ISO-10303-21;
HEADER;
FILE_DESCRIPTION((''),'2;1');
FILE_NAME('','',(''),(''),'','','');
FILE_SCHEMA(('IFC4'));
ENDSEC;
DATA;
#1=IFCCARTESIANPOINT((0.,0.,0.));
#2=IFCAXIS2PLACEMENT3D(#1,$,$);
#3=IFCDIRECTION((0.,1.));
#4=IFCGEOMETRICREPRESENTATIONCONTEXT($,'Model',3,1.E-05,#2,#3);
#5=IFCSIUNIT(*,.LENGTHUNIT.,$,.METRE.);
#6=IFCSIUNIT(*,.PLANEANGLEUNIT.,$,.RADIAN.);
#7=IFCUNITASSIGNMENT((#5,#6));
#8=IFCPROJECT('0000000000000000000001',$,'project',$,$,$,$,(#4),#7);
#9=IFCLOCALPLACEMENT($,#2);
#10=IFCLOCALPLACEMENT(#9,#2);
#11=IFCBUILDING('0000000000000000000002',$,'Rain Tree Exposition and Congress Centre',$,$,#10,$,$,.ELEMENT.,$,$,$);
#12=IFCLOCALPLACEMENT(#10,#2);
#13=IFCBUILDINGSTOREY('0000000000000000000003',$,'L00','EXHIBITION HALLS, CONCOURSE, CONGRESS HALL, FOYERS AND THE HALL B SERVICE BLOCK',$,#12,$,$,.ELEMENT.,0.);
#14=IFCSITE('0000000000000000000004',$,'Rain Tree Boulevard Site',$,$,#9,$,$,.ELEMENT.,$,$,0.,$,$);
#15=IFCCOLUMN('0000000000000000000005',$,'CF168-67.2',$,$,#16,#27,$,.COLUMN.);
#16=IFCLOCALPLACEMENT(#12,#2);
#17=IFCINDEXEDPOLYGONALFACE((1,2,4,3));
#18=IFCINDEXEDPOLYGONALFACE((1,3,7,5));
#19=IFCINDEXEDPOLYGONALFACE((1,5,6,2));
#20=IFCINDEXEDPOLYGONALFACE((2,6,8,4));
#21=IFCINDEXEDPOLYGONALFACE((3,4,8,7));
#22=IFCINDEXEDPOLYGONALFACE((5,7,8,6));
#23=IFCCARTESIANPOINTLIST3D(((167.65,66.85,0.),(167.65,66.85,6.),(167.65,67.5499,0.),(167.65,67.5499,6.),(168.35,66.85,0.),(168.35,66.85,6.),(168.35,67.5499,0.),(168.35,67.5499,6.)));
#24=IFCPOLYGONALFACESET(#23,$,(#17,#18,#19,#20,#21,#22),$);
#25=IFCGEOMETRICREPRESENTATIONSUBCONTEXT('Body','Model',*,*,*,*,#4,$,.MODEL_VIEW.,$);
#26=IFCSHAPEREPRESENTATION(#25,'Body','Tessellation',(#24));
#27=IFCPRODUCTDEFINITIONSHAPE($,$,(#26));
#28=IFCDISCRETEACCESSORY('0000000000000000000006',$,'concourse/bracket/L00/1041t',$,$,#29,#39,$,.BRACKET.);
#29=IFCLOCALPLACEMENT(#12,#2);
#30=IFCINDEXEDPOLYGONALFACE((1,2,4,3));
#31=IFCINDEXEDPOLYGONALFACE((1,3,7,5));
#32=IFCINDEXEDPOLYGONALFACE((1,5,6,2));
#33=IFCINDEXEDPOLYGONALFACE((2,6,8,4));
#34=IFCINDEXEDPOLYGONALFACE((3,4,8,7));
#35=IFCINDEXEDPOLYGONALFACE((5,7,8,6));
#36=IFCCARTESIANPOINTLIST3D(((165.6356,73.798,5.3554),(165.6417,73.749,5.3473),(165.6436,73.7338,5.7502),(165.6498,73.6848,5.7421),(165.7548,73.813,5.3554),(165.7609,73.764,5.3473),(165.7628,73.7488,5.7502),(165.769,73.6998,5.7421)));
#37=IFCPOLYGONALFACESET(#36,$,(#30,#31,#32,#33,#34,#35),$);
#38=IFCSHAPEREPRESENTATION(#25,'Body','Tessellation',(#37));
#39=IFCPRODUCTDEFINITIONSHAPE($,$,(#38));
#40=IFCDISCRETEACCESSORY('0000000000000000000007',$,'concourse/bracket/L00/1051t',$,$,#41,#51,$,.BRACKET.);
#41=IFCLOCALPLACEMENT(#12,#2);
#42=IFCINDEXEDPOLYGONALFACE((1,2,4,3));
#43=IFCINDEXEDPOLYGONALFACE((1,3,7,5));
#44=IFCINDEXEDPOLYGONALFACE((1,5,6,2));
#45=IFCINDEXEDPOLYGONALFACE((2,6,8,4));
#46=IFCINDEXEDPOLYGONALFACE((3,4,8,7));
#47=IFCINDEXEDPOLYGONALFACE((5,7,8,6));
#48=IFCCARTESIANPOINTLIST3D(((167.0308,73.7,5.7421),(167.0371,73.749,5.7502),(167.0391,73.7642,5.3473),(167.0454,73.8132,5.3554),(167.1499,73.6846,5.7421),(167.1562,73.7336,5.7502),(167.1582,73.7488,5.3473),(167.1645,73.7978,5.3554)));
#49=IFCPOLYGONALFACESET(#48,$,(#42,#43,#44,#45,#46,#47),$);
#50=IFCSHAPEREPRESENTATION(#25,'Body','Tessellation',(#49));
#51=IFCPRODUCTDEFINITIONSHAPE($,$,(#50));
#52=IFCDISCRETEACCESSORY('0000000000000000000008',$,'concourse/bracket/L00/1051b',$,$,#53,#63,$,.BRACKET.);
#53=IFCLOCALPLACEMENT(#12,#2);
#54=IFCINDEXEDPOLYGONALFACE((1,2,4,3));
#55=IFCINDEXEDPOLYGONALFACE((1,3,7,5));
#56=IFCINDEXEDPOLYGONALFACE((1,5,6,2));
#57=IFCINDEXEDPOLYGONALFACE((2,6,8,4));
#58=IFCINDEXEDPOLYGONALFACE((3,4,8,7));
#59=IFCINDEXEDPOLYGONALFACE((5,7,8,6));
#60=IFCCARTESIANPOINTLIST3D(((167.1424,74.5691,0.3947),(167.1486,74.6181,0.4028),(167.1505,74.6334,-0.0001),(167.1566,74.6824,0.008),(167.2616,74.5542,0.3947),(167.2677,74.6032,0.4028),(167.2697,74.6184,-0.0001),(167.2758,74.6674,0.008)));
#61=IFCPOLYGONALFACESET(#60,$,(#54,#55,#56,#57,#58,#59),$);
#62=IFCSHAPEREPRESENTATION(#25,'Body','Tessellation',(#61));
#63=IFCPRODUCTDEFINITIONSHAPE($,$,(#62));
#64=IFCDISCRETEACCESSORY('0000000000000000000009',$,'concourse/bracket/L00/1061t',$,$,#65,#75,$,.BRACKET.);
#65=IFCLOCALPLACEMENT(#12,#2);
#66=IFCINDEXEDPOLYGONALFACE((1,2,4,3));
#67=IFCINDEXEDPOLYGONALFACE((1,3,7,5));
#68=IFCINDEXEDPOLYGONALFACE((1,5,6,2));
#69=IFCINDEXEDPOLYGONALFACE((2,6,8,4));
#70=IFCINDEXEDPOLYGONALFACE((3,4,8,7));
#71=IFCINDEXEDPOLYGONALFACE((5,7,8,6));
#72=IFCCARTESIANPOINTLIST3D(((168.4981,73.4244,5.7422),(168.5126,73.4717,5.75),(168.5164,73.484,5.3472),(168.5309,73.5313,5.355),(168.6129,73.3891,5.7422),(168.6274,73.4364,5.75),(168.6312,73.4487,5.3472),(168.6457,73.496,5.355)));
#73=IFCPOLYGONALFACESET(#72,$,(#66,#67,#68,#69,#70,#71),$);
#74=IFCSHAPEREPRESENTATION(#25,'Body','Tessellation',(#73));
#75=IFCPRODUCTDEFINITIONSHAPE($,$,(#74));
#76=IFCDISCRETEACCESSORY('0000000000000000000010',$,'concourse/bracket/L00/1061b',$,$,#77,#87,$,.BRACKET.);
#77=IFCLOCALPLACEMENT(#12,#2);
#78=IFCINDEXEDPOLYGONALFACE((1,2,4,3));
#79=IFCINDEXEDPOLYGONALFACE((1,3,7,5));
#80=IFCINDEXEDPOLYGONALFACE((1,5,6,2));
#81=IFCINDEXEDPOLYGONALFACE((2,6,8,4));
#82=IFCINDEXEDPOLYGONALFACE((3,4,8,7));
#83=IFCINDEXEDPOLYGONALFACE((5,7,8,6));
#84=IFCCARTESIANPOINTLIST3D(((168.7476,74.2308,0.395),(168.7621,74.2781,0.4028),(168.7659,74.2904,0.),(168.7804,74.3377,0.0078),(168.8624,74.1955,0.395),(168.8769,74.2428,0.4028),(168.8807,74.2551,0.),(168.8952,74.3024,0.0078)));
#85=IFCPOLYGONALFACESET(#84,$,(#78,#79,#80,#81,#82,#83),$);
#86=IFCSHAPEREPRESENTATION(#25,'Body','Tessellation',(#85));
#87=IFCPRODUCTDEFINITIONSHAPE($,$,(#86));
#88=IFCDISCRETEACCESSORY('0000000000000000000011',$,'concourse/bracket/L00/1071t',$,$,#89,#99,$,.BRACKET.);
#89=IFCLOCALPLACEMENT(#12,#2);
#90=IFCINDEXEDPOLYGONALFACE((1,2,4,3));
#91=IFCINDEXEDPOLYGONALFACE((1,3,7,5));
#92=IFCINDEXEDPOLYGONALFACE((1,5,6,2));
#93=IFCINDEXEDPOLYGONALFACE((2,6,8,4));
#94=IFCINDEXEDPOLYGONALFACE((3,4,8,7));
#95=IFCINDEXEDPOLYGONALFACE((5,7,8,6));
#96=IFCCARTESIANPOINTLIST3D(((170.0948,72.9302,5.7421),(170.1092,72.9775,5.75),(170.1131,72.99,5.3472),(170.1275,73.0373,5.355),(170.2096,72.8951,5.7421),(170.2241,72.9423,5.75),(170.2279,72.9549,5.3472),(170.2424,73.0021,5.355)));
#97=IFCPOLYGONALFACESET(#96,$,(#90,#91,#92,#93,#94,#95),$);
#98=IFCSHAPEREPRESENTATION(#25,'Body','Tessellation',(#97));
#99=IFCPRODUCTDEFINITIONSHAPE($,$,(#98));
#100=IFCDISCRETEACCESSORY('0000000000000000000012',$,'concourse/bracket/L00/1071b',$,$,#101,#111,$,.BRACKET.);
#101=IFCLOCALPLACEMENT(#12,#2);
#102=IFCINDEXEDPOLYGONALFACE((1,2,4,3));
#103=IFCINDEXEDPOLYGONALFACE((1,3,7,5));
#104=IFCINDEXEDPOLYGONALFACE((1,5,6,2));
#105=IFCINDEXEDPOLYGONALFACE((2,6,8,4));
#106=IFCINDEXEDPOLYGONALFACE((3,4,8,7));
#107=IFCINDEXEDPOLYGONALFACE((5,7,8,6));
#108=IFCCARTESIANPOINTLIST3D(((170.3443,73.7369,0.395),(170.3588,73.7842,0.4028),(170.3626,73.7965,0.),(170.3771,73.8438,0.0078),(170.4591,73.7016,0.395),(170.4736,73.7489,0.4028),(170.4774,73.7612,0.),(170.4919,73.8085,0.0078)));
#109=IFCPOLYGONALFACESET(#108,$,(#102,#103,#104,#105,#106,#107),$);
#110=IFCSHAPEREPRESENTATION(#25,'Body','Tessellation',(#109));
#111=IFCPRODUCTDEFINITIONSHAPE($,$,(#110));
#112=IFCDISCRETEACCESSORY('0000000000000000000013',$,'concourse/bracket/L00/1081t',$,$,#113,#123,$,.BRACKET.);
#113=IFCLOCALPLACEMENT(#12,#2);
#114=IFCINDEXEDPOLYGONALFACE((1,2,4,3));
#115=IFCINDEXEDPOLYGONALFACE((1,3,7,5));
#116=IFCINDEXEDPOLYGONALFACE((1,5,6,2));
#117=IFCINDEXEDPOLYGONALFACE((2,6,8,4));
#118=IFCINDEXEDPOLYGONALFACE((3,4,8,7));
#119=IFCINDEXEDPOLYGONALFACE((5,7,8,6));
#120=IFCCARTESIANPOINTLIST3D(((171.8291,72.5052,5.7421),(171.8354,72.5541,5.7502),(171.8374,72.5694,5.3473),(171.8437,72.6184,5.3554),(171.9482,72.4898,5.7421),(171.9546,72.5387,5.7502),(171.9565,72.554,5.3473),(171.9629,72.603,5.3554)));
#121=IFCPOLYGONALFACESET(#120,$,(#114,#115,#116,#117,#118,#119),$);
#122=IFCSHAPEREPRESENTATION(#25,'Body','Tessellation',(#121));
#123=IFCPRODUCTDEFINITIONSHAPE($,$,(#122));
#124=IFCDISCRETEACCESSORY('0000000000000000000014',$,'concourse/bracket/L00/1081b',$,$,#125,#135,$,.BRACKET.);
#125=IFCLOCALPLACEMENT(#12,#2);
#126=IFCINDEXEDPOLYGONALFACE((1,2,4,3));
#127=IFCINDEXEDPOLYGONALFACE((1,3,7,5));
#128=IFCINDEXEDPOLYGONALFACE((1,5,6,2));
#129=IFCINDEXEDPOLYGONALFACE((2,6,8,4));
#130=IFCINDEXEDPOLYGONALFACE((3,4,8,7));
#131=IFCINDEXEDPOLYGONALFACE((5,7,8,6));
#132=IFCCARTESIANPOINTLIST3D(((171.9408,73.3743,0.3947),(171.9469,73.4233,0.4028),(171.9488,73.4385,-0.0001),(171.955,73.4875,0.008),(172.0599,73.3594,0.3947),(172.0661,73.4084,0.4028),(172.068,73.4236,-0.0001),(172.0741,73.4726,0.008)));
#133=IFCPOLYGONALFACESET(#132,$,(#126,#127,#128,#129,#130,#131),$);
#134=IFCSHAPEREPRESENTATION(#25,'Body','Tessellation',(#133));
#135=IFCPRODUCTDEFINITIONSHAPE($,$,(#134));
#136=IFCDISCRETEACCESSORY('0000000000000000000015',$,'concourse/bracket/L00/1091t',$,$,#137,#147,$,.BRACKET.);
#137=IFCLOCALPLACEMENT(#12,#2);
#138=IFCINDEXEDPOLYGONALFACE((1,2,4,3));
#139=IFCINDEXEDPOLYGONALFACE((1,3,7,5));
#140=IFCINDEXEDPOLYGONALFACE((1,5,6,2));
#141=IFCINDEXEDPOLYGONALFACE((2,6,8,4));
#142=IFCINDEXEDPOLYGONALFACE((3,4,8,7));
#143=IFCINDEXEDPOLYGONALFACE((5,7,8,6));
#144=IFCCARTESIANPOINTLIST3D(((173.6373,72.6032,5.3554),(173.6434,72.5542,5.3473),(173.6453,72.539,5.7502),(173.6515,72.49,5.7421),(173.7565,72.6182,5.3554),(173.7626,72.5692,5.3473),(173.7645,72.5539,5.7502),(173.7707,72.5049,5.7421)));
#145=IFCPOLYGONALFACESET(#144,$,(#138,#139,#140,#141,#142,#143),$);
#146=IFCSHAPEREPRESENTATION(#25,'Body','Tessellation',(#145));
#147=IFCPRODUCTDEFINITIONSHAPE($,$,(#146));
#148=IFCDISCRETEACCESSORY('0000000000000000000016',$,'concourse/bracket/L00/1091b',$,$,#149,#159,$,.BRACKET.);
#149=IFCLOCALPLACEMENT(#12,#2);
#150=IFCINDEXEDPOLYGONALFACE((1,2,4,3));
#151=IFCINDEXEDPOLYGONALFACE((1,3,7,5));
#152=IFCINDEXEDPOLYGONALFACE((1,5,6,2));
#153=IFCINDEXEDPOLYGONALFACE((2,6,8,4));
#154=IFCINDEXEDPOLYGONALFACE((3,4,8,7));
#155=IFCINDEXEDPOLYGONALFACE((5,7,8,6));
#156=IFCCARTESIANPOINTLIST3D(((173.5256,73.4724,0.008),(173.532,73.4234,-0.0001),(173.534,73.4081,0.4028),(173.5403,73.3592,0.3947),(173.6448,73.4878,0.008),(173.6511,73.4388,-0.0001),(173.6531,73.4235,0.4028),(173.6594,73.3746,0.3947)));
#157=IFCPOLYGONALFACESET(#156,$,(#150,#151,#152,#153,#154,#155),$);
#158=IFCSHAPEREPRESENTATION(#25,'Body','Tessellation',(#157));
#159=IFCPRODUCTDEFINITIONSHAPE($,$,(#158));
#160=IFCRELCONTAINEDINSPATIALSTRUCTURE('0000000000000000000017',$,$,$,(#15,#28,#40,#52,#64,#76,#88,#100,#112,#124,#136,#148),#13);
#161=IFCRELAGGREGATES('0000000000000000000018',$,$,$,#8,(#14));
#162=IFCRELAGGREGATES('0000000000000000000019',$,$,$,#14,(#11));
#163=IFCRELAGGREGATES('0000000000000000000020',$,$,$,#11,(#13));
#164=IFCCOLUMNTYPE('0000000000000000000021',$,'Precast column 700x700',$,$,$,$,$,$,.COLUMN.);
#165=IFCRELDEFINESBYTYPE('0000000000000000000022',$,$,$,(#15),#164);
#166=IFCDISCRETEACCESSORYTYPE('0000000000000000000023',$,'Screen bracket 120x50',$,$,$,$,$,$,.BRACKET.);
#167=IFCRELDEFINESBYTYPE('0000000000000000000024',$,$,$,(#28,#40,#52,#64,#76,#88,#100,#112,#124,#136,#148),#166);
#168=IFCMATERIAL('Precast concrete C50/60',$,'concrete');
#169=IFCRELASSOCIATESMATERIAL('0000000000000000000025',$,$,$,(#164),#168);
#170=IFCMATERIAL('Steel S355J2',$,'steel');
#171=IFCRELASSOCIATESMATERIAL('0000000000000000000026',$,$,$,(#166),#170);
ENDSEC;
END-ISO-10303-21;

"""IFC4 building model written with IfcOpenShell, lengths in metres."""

from ifc_helpers import new_model, si_unit, direction, frame, origin, origin_2d, place, context, subcontext, project, spatial, rectangle, extrude, material, material_profile, profile_set, type_object, element, save


model = new_model("IFC4")

# Units and contexts
model_context = context("Model", 3, precision=1e-05, world=origin(), true_north=direction((0.0, 1.0)))
body_context = subcontext(model_context, "Body", "Model", "MODEL_VIEW")
ifc_project = project(units=[si_unit("LENGTHUNIT", "METRE"), si_unit("PLANEANGLEUNIT", "RADIAN")], contexts=[model_context])

# Site, building, storey
site_placement = place(None, origin())
site = spatial("IfcSite", under=ifc_project, at=site_placement, Name="Rain Tree Boulevard Site", CompositionType="ELEMENT", RefElevation=0.0)
building_placement = place(site_placement, origin())
building = spatial("IfcBuilding", under=site, at=building_placement, Name="Rain Tree Exposition and Congress Centre", CompositionType="ELEMENT")
storey_placement = place(building_placement, origin())
storey = spatial("IfcBuildingStorey", under=building, at=storey_placement, Name="L00", Description="EXHIBITION HALLS, CONCOURSE, CONGRESS HALL, FOYERS AND THE HALL B SERVICE BLOCK", CompositionType="ELEMENT", Elevation=0.0)

# Column
ifc_material_1 = material(Name="Precast concrete C50/60", Category="concrete")
ifc_material_profile_1 = material_profile(ifc_material_1, rectangle(XDim=0.7, YDim=0.7, at=origin_2d()), Name="RC 700x700")
ifc_profile_set_1 = profile_set([ifc_material_profile_1], Name="Precast concrete C50/60")
column_type = type_object("IfcColumnType", Name="Precast column 700x700", PredefinedType="COLUMN", material=ifc_profile_set_1)
column_placement = place(storey_placement, frame((168.0, 67.2, 0.0), z_axis=(0.0, 0.0, 1.0), x_axis=(1.0, 0.0, 0.0)))
element("IfcColumn", 1, at=column_placement, inside=storey, type_object=column_type, Name="CF168-67.2", PredefinedType="COLUMN", context=body_context, shape_type="SweptSolid", body=[
    extrude(rectangle(XDim=0.7, YDim=0.7, at=origin_2d()), origin(), (0.0, 0.0, 1.0), 6.0),
])

# Discrete accessories
ifc_material_2 = material(Name="Steel S355J2", Category="steel")
ifc_material_profile_2 = material_profile(ifc_material_2, rectangle(XDim=0.1201, YDim=0.05, at=origin_2d()), Name="Flat bar 120x50")
ifc_profile_set_2 = profile_set([ifc_material_profile_2], Name="Steel S355J2")
discrete_accessory_type = type_object("IfcDiscreteAccessoryType", Name="Screen bracket 120x50", PredefinedType="BRACKET", material=ifc_profile_set_2)
for number, where, z_axis, x_axis, name in (
    (2, (165.6982, 73.781, 5.3513), (0.020139, -0.160505, 0.98683), (0.99222, 0.124499, 0.0), "concourse/bracket/L00/1041t"),
    (3, (167.1018, 73.781, 5.3513), (-0.020749, -0.160503, 0.986817), (0.991747, -0.128211, 0.0), "concourse/bracket/L00/1051t"),
    (4, (167.2131, 74.6504, 0.0039), (-0.020139, -0.160505, 0.98683), (0.99222, -0.124499, 0.0), "concourse/bracket/L00/1051b"),
):
    element("IfcDiscreteAccessory", number, at=place(storey_placement, frame(where, z_axis=z_axis, x_axis=x_axis)), inside=storey, type_object=discrete_accessory_type, Name=name, PredefinedType="BRACKET", context=body_context, shape_type="SweptSolid", body=[
        extrude(rectangle(XDim=0.1201, YDim=0.05, at=origin_2d()), origin(), (0.0, 0.0, 1.0), 0.4001),
    ])
for number, where, z_axis, x_axis, name in (
    (5, (168.5811, 73.49, 5.3511), (-0.045787, -0.148961, 0.987782), (0.955864, -0.293811, 0.0), "concourse/bracket/L00/1061t"),
    (6, (168.8306, 74.2964, 0.0039), (-0.045787, -0.148961, 0.987782), (0.955864, -0.293811, 0.0), "concourse/bracket/L00/1061b"),
    (7, (170.1777, 72.9961, 5.3511), (-0.045783, -0.149558, 0.987692), (0.9562, -0.292714, 0.0), "concourse/bracket/L00/1071t"),
    (8, (170.4272, 73.8025, 0.0039), (-0.045787, -0.148961, 0.987782), (0.955864, -0.293811, 0.0), "concourse/bracket/L00/1071b"),
):
    element("IfcDiscreteAccessory", number, at=place(storey_placement, frame(where, z_axis=z_axis, x_axis=x_axis)), inside=storey, type_object=discrete_accessory_type, Name=name, PredefinedType="BRACKET", context=body_context, shape_type="SweptSolid", body=[
        extrude(rectangle(XDim=0.1201, YDim=0.05, at=origin_2d()), origin(), (0.0, 0.0, 1.0), 0.3999),
    ])
for number, where, z_axis, x_axis, name in (
    (9, (171.9001, 72.5862, 5.3513), (-0.020749, -0.160503, 0.986817), (0.991747, -0.128211, 0.0), "concourse/bracket/L00/1081t"),
    (10, (172.0115, 73.4556, 0.0039), (-0.020139, -0.160505, 0.98683), (0.99222, -0.124499, 0.0), "concourse/bracket/L00/1081b"),
    (11, (173.7, 72.5862, 5.3513), (0.020139, -0.160505, 0.98683), (0.99222, 0.124499, 0.0), "concourse/bracket/L00/1091t"),
    (12, (173.5884, 73.4556, 0.0039), (0.020749, -0.160503, 0.986817), (0.991747, 0.128211, 0.0), "concourse/bracket/L00/1091b"),
):
    element("IfcDiscreteAccessory", number, at=place(storey_placement, frame(where, z_axis=z_axis, x_axis=x_axis)), inside=storey, type_object=discrete_accessory_type, Name=name, PredefinedType="BRACKET", context=body_context, shape_type="SweptSolid", body=[
        extrude(rectangle(XDim=0.1201, YDim=0.05, at=origin_2d()), origin(), (0.0, 0.0, 1.0), 0.4001),
    ])

save(model, "model.ifc")
